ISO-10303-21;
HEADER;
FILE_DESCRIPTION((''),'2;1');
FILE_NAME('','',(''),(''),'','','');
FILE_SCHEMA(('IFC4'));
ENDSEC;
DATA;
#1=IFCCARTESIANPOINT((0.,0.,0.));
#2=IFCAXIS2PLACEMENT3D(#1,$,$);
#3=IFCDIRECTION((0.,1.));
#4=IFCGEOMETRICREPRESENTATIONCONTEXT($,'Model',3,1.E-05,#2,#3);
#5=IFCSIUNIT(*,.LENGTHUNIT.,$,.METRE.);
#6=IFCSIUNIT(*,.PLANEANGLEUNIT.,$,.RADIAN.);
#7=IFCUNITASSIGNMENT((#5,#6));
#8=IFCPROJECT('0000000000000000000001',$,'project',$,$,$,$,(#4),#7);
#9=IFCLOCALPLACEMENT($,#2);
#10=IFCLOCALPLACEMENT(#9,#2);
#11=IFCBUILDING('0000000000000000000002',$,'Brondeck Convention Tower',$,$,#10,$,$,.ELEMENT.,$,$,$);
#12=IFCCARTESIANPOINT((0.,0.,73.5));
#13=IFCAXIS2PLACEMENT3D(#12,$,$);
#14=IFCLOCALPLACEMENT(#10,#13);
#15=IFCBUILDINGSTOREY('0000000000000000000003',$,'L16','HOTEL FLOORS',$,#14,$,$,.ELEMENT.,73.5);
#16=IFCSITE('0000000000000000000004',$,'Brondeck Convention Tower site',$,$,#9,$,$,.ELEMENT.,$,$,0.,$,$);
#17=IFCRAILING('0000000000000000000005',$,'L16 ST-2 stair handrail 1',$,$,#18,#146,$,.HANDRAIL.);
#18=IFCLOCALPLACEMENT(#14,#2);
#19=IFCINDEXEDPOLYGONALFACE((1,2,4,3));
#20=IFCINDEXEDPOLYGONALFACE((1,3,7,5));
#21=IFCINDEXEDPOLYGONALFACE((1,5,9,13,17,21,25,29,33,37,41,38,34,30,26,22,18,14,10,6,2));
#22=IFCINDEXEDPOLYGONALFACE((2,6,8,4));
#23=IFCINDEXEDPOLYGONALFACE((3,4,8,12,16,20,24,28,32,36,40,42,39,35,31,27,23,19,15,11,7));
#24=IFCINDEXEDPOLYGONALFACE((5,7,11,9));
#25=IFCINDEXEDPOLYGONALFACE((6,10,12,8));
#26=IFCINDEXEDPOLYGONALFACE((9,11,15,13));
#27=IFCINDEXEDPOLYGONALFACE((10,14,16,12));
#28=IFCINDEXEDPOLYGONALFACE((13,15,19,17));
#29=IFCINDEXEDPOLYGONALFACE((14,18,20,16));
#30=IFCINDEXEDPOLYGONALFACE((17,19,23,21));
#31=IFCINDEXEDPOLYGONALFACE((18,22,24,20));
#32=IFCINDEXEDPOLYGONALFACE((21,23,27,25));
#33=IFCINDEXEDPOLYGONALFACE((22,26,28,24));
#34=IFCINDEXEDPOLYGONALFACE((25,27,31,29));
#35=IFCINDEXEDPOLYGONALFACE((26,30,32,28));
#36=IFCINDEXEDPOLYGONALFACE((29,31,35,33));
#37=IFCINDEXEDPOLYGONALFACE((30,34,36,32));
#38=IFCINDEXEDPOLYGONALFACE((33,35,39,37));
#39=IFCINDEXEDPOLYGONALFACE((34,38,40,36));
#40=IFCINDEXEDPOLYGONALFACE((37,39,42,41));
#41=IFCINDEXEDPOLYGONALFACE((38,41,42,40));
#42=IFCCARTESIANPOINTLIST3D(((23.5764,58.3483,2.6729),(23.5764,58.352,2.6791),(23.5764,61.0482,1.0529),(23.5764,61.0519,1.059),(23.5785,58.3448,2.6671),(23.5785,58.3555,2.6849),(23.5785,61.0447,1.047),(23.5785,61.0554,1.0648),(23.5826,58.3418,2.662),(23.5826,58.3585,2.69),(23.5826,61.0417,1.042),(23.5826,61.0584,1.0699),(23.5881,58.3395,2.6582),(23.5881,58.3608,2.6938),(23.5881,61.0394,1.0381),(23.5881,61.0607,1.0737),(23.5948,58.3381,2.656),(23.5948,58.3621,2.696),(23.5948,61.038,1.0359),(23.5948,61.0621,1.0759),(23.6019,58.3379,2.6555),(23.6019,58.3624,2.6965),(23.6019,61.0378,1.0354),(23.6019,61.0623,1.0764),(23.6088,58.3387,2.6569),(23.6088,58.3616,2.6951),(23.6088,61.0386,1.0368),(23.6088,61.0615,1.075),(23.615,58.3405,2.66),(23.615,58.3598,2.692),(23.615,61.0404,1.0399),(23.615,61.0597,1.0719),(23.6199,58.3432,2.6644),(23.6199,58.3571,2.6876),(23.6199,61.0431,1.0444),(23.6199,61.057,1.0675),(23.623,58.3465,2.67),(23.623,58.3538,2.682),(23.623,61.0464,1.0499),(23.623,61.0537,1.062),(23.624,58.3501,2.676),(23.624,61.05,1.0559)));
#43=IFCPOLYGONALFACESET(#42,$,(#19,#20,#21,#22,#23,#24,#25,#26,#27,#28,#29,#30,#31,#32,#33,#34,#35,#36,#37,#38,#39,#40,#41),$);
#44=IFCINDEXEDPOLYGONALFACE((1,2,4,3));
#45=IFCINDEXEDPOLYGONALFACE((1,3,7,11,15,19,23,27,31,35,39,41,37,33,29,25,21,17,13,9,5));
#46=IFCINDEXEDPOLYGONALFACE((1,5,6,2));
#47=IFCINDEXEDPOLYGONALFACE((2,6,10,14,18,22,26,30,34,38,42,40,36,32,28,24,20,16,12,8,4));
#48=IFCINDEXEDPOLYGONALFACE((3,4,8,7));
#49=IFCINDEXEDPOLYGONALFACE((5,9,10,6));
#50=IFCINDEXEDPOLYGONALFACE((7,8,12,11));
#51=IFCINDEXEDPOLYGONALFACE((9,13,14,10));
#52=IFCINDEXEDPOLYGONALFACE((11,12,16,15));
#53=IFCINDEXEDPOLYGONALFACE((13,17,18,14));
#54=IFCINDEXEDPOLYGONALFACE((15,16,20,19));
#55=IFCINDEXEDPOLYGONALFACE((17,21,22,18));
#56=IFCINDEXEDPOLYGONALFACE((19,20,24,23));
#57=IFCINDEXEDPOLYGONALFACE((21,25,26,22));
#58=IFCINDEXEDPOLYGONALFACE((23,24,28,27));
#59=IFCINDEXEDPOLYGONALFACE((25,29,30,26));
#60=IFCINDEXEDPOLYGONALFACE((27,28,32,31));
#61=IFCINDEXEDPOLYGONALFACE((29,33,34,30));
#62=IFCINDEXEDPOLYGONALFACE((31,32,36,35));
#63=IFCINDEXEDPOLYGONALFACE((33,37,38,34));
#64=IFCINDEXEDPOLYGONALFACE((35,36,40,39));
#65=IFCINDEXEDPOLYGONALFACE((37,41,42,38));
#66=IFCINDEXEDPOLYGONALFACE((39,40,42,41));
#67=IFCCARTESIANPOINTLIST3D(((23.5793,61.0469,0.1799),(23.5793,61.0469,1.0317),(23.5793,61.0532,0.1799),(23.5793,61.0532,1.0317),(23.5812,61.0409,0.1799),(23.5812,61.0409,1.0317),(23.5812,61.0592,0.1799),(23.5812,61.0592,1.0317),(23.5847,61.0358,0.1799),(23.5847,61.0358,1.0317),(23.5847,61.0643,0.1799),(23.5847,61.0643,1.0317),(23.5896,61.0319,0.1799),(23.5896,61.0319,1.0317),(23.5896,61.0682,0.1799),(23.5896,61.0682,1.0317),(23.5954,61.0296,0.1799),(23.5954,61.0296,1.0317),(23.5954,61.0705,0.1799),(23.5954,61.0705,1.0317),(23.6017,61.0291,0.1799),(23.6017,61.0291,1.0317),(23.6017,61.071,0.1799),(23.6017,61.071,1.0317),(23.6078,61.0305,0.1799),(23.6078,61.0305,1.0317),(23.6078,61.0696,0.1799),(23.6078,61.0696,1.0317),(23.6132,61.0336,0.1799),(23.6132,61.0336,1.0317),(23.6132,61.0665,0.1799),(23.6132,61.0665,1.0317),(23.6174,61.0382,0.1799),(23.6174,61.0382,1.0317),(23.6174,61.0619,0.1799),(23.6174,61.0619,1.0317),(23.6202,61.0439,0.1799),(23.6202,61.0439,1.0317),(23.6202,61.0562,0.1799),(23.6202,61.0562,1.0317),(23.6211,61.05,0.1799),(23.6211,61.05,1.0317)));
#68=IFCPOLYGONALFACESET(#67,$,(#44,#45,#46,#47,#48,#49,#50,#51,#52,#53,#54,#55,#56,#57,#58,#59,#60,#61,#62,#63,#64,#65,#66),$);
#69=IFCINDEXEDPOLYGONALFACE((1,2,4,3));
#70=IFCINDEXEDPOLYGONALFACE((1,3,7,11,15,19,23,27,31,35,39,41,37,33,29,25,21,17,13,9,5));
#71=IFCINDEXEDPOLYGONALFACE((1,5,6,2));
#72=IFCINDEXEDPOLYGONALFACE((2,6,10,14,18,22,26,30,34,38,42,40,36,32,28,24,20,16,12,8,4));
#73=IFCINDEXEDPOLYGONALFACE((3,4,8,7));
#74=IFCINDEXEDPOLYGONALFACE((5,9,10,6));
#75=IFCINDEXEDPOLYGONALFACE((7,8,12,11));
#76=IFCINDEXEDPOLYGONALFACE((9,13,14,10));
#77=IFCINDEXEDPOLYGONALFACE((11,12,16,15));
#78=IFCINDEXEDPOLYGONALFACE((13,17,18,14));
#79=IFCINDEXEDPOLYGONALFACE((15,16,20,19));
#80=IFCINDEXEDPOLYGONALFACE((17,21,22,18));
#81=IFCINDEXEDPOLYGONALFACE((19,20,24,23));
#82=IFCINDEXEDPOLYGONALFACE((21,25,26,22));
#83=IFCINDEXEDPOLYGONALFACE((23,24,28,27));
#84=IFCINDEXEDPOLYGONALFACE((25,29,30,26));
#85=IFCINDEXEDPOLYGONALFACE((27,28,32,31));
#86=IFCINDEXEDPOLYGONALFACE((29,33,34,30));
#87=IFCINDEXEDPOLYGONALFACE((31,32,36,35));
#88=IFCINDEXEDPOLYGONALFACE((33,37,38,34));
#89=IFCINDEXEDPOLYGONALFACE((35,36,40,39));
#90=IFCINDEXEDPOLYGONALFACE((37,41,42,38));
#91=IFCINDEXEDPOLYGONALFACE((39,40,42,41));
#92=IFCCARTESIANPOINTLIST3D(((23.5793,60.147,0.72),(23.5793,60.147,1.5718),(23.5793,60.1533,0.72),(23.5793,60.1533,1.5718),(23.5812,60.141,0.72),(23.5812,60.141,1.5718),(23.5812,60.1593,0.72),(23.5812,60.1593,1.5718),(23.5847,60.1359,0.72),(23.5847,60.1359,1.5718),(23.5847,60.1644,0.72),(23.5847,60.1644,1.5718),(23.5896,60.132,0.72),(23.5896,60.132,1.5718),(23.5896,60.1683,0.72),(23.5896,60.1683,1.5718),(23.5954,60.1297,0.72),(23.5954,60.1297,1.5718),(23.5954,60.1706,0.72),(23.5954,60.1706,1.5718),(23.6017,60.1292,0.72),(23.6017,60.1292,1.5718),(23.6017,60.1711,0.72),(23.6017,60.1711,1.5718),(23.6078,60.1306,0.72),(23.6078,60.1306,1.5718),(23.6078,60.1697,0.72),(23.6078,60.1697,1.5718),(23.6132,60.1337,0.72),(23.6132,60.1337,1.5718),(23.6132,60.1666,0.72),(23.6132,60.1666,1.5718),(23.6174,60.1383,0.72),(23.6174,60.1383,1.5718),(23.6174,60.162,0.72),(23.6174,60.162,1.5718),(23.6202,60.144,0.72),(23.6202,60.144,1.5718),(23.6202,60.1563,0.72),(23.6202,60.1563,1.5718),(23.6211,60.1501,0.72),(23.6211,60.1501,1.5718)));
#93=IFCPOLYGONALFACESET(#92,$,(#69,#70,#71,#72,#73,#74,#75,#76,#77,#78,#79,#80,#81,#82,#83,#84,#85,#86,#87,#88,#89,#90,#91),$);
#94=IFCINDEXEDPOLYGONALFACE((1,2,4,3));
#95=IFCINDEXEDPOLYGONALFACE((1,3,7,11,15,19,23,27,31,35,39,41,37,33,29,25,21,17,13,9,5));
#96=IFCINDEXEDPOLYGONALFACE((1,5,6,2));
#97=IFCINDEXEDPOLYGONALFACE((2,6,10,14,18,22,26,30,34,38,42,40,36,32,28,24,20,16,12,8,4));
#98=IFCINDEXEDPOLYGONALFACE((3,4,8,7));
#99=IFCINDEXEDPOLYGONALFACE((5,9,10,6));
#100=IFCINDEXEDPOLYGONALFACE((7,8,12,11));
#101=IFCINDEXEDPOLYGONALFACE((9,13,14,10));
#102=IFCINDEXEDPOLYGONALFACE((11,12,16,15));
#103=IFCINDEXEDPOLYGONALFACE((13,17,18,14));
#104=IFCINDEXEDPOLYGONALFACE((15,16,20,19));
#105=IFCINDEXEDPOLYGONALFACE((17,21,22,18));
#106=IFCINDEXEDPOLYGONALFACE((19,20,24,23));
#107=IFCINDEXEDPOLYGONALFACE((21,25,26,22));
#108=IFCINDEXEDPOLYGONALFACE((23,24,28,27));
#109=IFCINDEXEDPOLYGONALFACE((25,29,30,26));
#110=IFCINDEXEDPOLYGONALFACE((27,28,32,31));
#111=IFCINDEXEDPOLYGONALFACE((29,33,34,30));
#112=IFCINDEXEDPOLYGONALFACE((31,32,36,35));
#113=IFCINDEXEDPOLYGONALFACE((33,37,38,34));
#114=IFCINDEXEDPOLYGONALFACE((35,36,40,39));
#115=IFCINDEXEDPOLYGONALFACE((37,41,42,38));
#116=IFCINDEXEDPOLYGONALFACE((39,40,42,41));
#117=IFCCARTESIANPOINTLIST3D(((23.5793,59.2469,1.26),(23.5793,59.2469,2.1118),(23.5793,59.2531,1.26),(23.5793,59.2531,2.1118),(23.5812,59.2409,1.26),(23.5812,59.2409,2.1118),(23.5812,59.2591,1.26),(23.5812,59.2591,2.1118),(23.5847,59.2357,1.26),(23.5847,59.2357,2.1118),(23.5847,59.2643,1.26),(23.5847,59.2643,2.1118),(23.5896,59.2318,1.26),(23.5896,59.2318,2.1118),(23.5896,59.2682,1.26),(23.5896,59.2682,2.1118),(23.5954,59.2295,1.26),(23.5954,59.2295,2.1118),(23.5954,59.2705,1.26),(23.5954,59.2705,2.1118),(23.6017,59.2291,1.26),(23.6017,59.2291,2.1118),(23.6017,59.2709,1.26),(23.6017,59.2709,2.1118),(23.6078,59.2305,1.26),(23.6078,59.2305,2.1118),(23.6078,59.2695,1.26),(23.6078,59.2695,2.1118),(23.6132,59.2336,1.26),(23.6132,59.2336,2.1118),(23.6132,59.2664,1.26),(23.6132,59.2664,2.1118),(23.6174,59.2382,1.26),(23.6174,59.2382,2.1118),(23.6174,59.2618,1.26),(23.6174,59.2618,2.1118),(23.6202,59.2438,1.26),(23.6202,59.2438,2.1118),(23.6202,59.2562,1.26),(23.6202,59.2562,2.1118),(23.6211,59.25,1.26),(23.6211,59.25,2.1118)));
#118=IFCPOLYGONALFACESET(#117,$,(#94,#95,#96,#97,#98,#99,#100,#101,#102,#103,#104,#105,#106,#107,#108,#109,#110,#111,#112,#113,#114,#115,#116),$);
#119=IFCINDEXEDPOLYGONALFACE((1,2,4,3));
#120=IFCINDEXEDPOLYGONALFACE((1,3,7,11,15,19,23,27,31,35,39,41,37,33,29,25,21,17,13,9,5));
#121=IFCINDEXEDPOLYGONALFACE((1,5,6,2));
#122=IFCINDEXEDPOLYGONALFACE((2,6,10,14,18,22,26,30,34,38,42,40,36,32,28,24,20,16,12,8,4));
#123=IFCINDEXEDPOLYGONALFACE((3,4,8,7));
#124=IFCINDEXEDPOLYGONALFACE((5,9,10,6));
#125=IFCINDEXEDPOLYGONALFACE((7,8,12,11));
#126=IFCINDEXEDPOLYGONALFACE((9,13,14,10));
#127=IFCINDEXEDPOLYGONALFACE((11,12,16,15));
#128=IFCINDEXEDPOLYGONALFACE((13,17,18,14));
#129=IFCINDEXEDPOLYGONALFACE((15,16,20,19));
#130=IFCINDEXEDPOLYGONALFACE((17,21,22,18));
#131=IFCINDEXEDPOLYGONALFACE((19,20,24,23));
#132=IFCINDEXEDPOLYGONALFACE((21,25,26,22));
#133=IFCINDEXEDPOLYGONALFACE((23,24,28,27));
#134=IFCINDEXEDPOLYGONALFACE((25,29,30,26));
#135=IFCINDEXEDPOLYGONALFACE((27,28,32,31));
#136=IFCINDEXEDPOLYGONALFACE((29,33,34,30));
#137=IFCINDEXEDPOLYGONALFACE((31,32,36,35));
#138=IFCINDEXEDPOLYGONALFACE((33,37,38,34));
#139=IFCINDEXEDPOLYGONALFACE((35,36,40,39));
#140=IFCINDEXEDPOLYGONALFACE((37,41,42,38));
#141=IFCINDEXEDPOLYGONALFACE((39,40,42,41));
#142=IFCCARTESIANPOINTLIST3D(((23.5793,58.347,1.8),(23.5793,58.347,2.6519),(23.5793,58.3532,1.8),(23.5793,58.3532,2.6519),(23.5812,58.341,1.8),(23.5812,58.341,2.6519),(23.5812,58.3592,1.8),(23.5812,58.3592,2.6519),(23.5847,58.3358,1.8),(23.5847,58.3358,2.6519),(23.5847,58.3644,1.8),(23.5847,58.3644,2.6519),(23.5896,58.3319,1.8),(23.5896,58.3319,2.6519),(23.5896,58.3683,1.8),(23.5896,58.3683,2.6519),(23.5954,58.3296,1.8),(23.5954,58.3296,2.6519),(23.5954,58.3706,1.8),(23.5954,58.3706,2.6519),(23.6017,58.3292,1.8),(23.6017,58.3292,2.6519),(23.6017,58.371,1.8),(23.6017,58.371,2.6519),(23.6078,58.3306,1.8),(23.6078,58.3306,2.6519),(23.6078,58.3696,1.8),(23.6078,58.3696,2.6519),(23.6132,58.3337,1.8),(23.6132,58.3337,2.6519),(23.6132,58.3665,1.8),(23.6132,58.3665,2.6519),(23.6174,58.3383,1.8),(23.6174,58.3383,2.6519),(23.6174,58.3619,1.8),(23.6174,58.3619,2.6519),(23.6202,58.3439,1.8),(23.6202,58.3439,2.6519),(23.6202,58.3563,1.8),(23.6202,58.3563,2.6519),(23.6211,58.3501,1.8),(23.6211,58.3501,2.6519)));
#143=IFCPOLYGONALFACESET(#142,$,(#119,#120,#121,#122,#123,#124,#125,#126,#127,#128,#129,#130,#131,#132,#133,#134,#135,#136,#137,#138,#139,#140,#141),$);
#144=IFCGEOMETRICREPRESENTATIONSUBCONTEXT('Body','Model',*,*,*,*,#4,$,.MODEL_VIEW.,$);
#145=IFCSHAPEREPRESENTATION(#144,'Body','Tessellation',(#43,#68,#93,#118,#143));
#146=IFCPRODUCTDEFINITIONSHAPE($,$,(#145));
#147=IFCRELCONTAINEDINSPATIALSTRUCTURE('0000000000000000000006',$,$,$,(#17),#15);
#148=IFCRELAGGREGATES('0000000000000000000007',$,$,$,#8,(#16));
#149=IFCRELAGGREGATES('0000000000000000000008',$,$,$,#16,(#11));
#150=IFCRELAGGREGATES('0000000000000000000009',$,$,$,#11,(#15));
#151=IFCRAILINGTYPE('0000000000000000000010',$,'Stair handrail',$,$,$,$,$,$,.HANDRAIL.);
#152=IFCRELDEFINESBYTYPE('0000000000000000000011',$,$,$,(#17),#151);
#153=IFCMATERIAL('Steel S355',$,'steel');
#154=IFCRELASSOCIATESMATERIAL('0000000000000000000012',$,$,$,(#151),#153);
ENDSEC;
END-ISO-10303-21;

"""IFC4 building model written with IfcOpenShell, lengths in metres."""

from ifc_helpers import new_model, si_unit, direction, frame, origin, origin_2d, place, context, subcontext, project, spatial, circle, extrude, material, type_object, element, save


model = new_model("IFC4")

# Units and contexts
model_context = context("Model", 3, precision=1e-05, world=origin(), true_north=direction((0.0, 1.0)))
body_context = subcontext(model_context, "Body", "Model", "MODEL_VIEW")
ifc_project = project(units=[si_unit("LENGTHUNIT", "METRE"), si_unit("PLANEANGLEUNIT", "RADIAN")], contexts=[model_context])

# Site, building, storey
site_placement = place(None, origin())
site = spatial("IfcSite", under=ifc_project, at=site_placement, Name="Brondeck Convention Tower site", CompositionType="ELEMENT", RefElevation=0.0)
building_placement = place(site_placement, origin())
building = spatial("IfcBuilding", under=site, at=building_placement, Name="Brondeck Convention Tower", CompositionType="ELEMENT")
storey_placement = place(building_placement, frame((0.0, 0.0, 73.5)))
storey = spatial("IfcBuildingStorey", under=building, at=storey_placement, Name="L16", Description="HOTEL FLOORS", CompositionType="ELEMENT", Elevation=73.5)

# Railing
ifc_material_1 = material(Name="Steel S355", Category="steel")
railing_type_1 = type_object("IfcRailingType", Name="Stair handrail", PredefinedType="HANDRAIL", material=ifc_material_1)
railing_1_placement = place(storey_placement, frame((23.6001, 61.05, 0.1799)))
element("IfcRailing", 1, at=railing_1_placement, inside=storey, type_object=railing_type_1, Name="L16 ST-2 stair handrail 1", PredefinedType="HANDRAIL", context=body_context, shape_type="SweptSolid", body=[
    extrude(circle(Radius=0.0239, at=origin_2d()), frame((0.0, 0.0, 0.876), z_axis=(0.0, -0.857472, 0.51453), x_axis=(1.0, 0.0, 0.0)), (0.0, 0.0, 1.0), 3.1487),
    extrude(circle(Radius=0.021, at=origin_2d()), origin(), (0.0, 0.0, 1.0), 0.8518),
    extrude(circle(Radius=0.021, at=origin_2d()), frame((0.0, -0.8999, 0.54)), (0.0, 0.0, 1.0), 0.8518),
    extrude(circle(Radius=0.021, at=origin_2d()), frame((0.0, -1.8, 1.0801)), (0.0, 0.0, 1.0), 0.8518),
    extrude(circle(Radius=0.021, at=origin_2d()), frame((0.0, -2.7, 1.6201)), (0.0, 0.0, 1.0), 0.8518),
])

save(model, "model.ifc")
